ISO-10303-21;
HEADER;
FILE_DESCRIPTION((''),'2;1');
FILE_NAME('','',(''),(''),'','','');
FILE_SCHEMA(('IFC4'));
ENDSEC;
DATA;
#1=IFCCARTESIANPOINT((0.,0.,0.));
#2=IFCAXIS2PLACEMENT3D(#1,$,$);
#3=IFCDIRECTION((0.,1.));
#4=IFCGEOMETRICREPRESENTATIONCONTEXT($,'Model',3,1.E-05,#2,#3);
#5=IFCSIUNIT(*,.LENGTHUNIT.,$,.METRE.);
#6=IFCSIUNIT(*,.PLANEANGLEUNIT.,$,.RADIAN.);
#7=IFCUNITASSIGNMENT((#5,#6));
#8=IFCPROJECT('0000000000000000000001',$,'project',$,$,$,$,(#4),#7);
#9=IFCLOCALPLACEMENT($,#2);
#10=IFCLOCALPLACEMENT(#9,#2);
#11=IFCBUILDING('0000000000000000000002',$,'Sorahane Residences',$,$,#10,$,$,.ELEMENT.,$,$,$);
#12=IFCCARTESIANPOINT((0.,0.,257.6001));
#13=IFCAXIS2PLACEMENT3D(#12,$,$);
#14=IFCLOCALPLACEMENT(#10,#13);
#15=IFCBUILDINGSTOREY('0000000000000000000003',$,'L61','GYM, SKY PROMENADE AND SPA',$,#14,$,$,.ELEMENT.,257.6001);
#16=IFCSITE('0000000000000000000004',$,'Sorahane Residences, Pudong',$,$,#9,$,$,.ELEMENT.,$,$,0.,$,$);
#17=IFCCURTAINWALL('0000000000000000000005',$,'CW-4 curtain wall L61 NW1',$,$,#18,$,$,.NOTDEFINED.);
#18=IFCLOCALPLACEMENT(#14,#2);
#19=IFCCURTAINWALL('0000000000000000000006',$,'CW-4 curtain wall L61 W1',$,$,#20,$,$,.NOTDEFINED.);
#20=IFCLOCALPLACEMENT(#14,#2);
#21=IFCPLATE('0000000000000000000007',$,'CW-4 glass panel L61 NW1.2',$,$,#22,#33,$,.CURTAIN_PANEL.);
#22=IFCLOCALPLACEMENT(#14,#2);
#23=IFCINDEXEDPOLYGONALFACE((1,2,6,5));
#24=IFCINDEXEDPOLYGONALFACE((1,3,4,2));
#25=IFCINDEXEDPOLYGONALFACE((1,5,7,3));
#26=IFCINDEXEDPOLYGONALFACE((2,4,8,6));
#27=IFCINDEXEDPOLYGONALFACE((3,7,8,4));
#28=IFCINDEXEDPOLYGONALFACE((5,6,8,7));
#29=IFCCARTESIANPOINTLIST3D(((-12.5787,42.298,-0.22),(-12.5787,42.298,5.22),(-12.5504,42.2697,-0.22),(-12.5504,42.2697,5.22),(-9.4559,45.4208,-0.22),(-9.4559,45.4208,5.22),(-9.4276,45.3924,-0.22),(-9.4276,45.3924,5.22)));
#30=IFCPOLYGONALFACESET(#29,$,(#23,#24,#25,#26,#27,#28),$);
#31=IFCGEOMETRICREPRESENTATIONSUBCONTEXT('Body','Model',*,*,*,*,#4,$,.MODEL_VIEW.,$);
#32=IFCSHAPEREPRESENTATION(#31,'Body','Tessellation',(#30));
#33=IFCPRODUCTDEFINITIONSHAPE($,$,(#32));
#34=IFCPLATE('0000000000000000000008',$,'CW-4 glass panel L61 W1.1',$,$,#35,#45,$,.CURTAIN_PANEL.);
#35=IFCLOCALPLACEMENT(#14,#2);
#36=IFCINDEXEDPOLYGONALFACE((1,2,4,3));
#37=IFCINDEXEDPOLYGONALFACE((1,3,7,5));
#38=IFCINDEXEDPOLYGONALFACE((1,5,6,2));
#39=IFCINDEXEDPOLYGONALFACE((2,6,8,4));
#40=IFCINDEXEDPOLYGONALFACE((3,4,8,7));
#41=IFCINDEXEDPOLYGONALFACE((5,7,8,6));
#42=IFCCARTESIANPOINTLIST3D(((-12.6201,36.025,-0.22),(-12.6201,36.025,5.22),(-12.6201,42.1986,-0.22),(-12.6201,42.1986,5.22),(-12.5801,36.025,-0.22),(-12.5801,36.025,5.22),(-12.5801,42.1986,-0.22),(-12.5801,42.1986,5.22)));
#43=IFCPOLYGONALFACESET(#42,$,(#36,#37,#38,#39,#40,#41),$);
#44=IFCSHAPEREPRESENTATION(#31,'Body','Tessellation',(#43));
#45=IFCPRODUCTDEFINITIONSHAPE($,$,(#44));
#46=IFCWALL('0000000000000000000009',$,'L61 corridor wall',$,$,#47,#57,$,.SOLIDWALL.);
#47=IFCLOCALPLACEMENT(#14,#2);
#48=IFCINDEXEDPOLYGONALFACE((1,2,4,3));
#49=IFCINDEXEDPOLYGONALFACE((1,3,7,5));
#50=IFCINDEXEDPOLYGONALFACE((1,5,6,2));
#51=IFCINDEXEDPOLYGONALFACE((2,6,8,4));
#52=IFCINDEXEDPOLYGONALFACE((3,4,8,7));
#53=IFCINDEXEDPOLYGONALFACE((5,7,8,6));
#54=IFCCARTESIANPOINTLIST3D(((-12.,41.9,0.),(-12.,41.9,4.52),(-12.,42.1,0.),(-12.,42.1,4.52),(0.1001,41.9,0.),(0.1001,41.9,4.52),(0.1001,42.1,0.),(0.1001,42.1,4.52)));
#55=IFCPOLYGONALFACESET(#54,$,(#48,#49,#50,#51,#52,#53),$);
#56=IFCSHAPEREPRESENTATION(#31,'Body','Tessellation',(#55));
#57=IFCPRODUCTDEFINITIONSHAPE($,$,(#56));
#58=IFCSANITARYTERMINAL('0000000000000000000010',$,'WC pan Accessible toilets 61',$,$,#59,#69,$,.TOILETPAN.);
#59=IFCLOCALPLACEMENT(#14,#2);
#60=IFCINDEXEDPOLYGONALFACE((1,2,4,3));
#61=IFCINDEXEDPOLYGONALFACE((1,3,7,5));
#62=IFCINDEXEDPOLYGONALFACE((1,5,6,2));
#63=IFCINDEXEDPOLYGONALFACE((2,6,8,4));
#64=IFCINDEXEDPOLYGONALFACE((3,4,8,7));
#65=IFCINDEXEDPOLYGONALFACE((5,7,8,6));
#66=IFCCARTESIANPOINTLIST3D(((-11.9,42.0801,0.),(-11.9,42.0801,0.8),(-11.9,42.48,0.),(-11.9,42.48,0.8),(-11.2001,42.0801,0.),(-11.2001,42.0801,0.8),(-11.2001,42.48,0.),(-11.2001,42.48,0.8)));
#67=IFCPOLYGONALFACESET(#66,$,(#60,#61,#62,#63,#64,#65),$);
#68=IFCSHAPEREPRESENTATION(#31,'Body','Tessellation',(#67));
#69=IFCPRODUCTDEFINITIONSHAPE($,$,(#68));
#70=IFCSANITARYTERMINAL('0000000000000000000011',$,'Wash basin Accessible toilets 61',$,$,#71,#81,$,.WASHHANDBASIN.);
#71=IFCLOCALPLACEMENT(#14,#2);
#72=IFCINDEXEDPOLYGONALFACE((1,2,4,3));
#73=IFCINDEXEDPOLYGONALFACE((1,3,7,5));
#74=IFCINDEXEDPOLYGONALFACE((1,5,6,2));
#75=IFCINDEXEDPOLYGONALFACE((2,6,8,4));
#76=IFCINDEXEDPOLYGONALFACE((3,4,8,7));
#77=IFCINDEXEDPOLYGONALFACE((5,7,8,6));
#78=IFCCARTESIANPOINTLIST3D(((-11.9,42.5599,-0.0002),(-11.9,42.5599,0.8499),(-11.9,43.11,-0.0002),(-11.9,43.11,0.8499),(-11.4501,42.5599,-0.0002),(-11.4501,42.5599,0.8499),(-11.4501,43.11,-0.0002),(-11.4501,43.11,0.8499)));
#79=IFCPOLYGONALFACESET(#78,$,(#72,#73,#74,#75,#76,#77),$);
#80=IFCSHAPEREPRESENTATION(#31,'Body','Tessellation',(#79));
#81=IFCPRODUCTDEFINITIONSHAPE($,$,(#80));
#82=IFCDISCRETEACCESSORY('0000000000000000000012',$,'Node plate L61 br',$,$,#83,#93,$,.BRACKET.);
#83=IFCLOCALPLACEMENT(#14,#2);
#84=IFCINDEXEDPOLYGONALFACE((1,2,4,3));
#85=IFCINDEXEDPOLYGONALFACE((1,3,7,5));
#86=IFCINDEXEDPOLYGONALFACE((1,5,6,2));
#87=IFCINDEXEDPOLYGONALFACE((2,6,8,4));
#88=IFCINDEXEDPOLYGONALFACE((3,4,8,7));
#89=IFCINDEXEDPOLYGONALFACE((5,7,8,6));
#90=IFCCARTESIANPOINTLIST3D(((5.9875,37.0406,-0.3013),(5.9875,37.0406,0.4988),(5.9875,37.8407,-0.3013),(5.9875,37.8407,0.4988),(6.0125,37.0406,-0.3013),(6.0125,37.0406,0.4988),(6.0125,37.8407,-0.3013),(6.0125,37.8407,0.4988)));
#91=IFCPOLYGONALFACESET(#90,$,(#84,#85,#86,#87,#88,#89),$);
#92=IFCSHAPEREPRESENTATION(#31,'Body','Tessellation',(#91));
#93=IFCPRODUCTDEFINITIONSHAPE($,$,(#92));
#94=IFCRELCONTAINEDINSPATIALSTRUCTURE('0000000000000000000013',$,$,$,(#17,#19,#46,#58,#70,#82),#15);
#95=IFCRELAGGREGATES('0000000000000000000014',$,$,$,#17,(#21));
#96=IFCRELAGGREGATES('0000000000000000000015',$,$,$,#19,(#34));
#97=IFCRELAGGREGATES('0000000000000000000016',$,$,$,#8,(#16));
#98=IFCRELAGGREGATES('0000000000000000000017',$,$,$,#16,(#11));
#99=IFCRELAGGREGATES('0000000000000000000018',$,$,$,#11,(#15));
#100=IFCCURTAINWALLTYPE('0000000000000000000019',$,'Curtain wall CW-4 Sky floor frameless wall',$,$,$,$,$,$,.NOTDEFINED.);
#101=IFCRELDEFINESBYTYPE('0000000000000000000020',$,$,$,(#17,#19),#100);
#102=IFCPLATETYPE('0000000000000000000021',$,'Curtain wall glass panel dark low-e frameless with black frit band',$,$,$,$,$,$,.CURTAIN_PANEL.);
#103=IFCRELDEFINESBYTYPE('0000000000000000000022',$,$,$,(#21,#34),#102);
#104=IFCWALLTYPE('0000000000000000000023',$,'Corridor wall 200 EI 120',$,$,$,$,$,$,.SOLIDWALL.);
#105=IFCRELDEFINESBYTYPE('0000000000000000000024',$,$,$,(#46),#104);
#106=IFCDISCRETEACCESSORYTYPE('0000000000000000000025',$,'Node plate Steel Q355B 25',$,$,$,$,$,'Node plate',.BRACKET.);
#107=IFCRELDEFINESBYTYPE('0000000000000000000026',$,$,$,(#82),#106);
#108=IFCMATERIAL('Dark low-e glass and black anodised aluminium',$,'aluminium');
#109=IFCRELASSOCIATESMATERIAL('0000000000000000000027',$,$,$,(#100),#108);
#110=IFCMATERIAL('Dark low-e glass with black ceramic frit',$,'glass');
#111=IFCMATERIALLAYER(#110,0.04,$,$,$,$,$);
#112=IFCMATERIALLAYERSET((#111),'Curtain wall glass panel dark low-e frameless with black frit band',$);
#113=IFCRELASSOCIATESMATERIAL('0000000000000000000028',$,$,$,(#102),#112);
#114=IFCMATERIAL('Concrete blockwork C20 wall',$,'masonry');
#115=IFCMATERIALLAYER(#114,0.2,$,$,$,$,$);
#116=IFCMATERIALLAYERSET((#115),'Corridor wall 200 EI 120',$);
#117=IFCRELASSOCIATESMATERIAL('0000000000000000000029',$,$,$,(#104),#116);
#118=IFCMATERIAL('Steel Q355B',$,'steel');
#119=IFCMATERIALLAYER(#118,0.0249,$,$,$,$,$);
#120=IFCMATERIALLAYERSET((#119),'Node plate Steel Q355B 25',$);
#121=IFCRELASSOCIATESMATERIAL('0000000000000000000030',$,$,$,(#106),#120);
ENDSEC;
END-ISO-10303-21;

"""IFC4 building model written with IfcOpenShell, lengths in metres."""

from ifc_helpers import new_model, si_unit, direction, frame, frame_2d, origin, origin_2d, place, context, subcontext, project, spatial, rectangle, extrude, material, layer, layer_set, type_object, element, aggregate, save


model = new_model("IFC4")

# Units and contexts
model_context = context("Model", 3, precision=1e-05, world=origin(), true_north=direction((0.0, 1.0)))
body_context = subcontext(model_context, "Body", "Model", "MODEL_VIEW")
ifc_project = project(units=[si_unit("LENGTHUNIT", "METRE"), si_unit("PLANEANGLEUNIT", "RADIAN")], contexts=[model_context])

# Site, building, storey
site_placement = place(None, origin())
site = spatial("IfcSite", under=ifc_project, at=site_placement, Name="Sorahane Residences, Pudong", CompositionType="ELEMENT", RefElevation=0.0)
building_placement = place(site_placement, origin())
building = spatial("IfcBuilding", under=site, at=building_placement, Name="Sorahane Residences", CompositionType="ELEMENT")
storey_placement = place(building_placement, frame((0.0, 0.0, 257.6001)))
storey = spatial("IfcBuildingStorey", under=building, at=storey_placement, Name="L61", Description="GYM, SKY PROMENADE AND SPA", CompositionType="ELEMENT", Elevation=257.6001)

# Curtain wall
ifc_material_1 = material(Name="Dark low-e glass and black anodised aluminium", Category="aluminium")
curtain_wall_type = type_object("IfcCurtainWallType", Name="Curtain wall CW-4 Sky floor frameless wall", PredefinedType="NOTDEFINED", material=ifc_material_1)
curtain_wall_1_placement = place(storey_placement, origin())
curtain_wall_1 = element("IfcCurtainWall", 1, at=curtain_wall_1_placement, inside=storey, type_object=curtain_wall_type, Name="CW-4 curtain wall L61 NW1", PredefinedType="NOTDEFINED")

# Curtain wall
curtain_wall_2_placement = place(storey_placement, origin())
curtain_wall_2 = element("IfcCurtainWall", 2, at=curtain_wall_2_placement, inside=storey, type_object=curtain_wall_type, Name="CW-4 curtain wall L61 W1", PredefinedType="NOTDEFINED")

# Plates
ifc_material_2 = material(Name="Dark low-e glass with black ceramic frit", Category="glass")
ifc_layer_1 = layer(ifc_material_2, 0.04)
ifc_layer_set_1 = layer_set([ifc_layer_1], Name="Curtain wall glass panel dark low-e frameless with black frit band")
plate_type = type_object("IfcPlateType", Name="Curtain wall glass panel dark low-e frameless with black frit band", PredefinedType="CURTAIN_PANEL", material=ifc_layer_set_1)
plate_1_placement = place(storey_placement, frame((-11.0032, 43.8452, -0.22), z_axis=(0.0, 0.0, 1.0), x_axis=(-0.707107, -0.707107, 0.0)))
plate_1 = element("IfcPlate", 3, at=plate_1_placement, type_object=plate_type, Name="CW-4 glass panel L61 NW1.2", PredefinedType="CURTAIN_PANEL", context=body_context, shape_type="SweptSolid", body=[
    extrude(rectangle(XDim=4.4163, YDim=0.04, at=origin_2d()), origin(), (0.0, 0.0, 1.0), 5.4399),
])
aggregate(curtain_wall_1, [plate_1])
plate_2_placement = place(storey_placement, frame((-12.6001, 39.1118, -0.22), z_axis=(0.0, 0.0, 1.0), x_axis=(0.0, -1.0, 0.0)))
plate_2 = element("IfcPlate", 4, at=plate_2_placement, type_object=plate_type, Name="CW-4 glass panel L61 W1.1", PredefinedType="CURTAIN_PANEL", context=body_context, shape_type="SweptSolid", body=[
    extrude(rectangle(XDim=6.1736, YDim=0.04, at=origin_2d()), origin(), (0.0, 0.0, 1.0), 5.4399),
])
aggregate(curtain_wall_2, [plate_2])

# Wall
ifc_material_3 = material(Name="Concrete blockwork C20 wall", Category="masonry")
ifc_layer_2 = layer(ifc_material_3, 0.2)
ifc_layer_set_2 = layer_set([ifc_layer_2], Name="Corridor wall 200 EI 120")
wall_type = type_object("IfcWallType", Name="Corridor wall 200 EI 120", PredefinedType="SOLIDWALL", material=ifc_layer_set_2)
wall_placement = place(storey_placement, frame((-12.0, 42.0, 0.0), z_axis=(0.0, 0.0, 1.0), x_axis=(1.0, 0.0, 0.0)))
element("IfcWall", 5, at=wall_placement, inside=storey, type_object=wall_type, Name="L61 corridor wall", PredefinedType="SOLIDWALL", context=body_context, shape_type="SweptSolid", body=[
    extrude(rectangle(XDim=12.1001, YDim=0.2, at=frame_2d((6.05, 0.0))), origin(), (0.0, 0.0, 1.0), 4.52),
])

# Sanitary terminals
sanitary_terminal_1_placement = place(storey_placement, frame((-11.55, 42.28, 0.0), z_axis=(0.0, 0.0, 1.0), x_axis=(0.0, 1.0, 0.0)))
element("IfcSanitaryTerminal", 6, at=sanitary_terminal_1_placement, inside=storey, Name="WC pan Accessible toilets 61", PredefinedType="TOILETPAN", context=body_context, shape_type="SweptSolid", body=[
    extrude(rectangle(XDim=0.3999, YDim=0.7, at=origin_2d()), origin(), (0.0, 0.0, 1.0), 0.8),
])
sanitary_terminal_2_placement = place(storey_placement, frame((-11.675, 42.835, -0.0002), z_axis=(0.0, 0.0, 1.0), x_axis=(0.0, 1.0, 0.0)))
element("IfcSanitaryTerminal", 7, at=sanitary_terminal_2_placement, inside=storey, Name="Wash basin Accessible toilets 61", PredefinedType="WASHHANDBASIN", context=body_context, shape_type="SweptSolid", body=[
    extrude(rectangle(XDim=0.55, YDim=0.45, at=origin_2d()), origin(), (0.0, 0.0, 1.0), 0.8501),
])

# Discrete accessory
ifc_material_4 = material(Name="Steel Q355B", Category="steel")
ifc_layer_3 = layer(ifc_material_4, 0.0249)
ifc_layer_set_3 = layer_set([ifc_layer_3], Name="Node plate Steel Q355B 25")
discrete_accessory_type = type_object("IfcDiscreteAccessoryType", Name="Node plate Steel Q355B 25", ElementType="Node plate", PredefinedType="BRACKET", material=ifc_layer_set_3)
discrete_accessory_placement = place(storey_placement, frame((6.0, 37.4407, -0.3013), z_axis=(0.0, 0.0, 1.0), x_axis=(0.0, 1.0, 0.0)))
element("IfcDiscreteAccessory", 8, at=discrete_accessory_placement, inside=storey, type_object=discrete_accessory_type, Name="Node plate L61 br", PredefinedType="BRACKET", context=body_context, shape_type="SweptSolid", body=[
    extrude(rectangle(XDim=0.8, YDim=0.0249, at=origin_2d()), origin(), (0.0, 0.0, 1.0), 0.8),
])

save(model, "model.ifc")
